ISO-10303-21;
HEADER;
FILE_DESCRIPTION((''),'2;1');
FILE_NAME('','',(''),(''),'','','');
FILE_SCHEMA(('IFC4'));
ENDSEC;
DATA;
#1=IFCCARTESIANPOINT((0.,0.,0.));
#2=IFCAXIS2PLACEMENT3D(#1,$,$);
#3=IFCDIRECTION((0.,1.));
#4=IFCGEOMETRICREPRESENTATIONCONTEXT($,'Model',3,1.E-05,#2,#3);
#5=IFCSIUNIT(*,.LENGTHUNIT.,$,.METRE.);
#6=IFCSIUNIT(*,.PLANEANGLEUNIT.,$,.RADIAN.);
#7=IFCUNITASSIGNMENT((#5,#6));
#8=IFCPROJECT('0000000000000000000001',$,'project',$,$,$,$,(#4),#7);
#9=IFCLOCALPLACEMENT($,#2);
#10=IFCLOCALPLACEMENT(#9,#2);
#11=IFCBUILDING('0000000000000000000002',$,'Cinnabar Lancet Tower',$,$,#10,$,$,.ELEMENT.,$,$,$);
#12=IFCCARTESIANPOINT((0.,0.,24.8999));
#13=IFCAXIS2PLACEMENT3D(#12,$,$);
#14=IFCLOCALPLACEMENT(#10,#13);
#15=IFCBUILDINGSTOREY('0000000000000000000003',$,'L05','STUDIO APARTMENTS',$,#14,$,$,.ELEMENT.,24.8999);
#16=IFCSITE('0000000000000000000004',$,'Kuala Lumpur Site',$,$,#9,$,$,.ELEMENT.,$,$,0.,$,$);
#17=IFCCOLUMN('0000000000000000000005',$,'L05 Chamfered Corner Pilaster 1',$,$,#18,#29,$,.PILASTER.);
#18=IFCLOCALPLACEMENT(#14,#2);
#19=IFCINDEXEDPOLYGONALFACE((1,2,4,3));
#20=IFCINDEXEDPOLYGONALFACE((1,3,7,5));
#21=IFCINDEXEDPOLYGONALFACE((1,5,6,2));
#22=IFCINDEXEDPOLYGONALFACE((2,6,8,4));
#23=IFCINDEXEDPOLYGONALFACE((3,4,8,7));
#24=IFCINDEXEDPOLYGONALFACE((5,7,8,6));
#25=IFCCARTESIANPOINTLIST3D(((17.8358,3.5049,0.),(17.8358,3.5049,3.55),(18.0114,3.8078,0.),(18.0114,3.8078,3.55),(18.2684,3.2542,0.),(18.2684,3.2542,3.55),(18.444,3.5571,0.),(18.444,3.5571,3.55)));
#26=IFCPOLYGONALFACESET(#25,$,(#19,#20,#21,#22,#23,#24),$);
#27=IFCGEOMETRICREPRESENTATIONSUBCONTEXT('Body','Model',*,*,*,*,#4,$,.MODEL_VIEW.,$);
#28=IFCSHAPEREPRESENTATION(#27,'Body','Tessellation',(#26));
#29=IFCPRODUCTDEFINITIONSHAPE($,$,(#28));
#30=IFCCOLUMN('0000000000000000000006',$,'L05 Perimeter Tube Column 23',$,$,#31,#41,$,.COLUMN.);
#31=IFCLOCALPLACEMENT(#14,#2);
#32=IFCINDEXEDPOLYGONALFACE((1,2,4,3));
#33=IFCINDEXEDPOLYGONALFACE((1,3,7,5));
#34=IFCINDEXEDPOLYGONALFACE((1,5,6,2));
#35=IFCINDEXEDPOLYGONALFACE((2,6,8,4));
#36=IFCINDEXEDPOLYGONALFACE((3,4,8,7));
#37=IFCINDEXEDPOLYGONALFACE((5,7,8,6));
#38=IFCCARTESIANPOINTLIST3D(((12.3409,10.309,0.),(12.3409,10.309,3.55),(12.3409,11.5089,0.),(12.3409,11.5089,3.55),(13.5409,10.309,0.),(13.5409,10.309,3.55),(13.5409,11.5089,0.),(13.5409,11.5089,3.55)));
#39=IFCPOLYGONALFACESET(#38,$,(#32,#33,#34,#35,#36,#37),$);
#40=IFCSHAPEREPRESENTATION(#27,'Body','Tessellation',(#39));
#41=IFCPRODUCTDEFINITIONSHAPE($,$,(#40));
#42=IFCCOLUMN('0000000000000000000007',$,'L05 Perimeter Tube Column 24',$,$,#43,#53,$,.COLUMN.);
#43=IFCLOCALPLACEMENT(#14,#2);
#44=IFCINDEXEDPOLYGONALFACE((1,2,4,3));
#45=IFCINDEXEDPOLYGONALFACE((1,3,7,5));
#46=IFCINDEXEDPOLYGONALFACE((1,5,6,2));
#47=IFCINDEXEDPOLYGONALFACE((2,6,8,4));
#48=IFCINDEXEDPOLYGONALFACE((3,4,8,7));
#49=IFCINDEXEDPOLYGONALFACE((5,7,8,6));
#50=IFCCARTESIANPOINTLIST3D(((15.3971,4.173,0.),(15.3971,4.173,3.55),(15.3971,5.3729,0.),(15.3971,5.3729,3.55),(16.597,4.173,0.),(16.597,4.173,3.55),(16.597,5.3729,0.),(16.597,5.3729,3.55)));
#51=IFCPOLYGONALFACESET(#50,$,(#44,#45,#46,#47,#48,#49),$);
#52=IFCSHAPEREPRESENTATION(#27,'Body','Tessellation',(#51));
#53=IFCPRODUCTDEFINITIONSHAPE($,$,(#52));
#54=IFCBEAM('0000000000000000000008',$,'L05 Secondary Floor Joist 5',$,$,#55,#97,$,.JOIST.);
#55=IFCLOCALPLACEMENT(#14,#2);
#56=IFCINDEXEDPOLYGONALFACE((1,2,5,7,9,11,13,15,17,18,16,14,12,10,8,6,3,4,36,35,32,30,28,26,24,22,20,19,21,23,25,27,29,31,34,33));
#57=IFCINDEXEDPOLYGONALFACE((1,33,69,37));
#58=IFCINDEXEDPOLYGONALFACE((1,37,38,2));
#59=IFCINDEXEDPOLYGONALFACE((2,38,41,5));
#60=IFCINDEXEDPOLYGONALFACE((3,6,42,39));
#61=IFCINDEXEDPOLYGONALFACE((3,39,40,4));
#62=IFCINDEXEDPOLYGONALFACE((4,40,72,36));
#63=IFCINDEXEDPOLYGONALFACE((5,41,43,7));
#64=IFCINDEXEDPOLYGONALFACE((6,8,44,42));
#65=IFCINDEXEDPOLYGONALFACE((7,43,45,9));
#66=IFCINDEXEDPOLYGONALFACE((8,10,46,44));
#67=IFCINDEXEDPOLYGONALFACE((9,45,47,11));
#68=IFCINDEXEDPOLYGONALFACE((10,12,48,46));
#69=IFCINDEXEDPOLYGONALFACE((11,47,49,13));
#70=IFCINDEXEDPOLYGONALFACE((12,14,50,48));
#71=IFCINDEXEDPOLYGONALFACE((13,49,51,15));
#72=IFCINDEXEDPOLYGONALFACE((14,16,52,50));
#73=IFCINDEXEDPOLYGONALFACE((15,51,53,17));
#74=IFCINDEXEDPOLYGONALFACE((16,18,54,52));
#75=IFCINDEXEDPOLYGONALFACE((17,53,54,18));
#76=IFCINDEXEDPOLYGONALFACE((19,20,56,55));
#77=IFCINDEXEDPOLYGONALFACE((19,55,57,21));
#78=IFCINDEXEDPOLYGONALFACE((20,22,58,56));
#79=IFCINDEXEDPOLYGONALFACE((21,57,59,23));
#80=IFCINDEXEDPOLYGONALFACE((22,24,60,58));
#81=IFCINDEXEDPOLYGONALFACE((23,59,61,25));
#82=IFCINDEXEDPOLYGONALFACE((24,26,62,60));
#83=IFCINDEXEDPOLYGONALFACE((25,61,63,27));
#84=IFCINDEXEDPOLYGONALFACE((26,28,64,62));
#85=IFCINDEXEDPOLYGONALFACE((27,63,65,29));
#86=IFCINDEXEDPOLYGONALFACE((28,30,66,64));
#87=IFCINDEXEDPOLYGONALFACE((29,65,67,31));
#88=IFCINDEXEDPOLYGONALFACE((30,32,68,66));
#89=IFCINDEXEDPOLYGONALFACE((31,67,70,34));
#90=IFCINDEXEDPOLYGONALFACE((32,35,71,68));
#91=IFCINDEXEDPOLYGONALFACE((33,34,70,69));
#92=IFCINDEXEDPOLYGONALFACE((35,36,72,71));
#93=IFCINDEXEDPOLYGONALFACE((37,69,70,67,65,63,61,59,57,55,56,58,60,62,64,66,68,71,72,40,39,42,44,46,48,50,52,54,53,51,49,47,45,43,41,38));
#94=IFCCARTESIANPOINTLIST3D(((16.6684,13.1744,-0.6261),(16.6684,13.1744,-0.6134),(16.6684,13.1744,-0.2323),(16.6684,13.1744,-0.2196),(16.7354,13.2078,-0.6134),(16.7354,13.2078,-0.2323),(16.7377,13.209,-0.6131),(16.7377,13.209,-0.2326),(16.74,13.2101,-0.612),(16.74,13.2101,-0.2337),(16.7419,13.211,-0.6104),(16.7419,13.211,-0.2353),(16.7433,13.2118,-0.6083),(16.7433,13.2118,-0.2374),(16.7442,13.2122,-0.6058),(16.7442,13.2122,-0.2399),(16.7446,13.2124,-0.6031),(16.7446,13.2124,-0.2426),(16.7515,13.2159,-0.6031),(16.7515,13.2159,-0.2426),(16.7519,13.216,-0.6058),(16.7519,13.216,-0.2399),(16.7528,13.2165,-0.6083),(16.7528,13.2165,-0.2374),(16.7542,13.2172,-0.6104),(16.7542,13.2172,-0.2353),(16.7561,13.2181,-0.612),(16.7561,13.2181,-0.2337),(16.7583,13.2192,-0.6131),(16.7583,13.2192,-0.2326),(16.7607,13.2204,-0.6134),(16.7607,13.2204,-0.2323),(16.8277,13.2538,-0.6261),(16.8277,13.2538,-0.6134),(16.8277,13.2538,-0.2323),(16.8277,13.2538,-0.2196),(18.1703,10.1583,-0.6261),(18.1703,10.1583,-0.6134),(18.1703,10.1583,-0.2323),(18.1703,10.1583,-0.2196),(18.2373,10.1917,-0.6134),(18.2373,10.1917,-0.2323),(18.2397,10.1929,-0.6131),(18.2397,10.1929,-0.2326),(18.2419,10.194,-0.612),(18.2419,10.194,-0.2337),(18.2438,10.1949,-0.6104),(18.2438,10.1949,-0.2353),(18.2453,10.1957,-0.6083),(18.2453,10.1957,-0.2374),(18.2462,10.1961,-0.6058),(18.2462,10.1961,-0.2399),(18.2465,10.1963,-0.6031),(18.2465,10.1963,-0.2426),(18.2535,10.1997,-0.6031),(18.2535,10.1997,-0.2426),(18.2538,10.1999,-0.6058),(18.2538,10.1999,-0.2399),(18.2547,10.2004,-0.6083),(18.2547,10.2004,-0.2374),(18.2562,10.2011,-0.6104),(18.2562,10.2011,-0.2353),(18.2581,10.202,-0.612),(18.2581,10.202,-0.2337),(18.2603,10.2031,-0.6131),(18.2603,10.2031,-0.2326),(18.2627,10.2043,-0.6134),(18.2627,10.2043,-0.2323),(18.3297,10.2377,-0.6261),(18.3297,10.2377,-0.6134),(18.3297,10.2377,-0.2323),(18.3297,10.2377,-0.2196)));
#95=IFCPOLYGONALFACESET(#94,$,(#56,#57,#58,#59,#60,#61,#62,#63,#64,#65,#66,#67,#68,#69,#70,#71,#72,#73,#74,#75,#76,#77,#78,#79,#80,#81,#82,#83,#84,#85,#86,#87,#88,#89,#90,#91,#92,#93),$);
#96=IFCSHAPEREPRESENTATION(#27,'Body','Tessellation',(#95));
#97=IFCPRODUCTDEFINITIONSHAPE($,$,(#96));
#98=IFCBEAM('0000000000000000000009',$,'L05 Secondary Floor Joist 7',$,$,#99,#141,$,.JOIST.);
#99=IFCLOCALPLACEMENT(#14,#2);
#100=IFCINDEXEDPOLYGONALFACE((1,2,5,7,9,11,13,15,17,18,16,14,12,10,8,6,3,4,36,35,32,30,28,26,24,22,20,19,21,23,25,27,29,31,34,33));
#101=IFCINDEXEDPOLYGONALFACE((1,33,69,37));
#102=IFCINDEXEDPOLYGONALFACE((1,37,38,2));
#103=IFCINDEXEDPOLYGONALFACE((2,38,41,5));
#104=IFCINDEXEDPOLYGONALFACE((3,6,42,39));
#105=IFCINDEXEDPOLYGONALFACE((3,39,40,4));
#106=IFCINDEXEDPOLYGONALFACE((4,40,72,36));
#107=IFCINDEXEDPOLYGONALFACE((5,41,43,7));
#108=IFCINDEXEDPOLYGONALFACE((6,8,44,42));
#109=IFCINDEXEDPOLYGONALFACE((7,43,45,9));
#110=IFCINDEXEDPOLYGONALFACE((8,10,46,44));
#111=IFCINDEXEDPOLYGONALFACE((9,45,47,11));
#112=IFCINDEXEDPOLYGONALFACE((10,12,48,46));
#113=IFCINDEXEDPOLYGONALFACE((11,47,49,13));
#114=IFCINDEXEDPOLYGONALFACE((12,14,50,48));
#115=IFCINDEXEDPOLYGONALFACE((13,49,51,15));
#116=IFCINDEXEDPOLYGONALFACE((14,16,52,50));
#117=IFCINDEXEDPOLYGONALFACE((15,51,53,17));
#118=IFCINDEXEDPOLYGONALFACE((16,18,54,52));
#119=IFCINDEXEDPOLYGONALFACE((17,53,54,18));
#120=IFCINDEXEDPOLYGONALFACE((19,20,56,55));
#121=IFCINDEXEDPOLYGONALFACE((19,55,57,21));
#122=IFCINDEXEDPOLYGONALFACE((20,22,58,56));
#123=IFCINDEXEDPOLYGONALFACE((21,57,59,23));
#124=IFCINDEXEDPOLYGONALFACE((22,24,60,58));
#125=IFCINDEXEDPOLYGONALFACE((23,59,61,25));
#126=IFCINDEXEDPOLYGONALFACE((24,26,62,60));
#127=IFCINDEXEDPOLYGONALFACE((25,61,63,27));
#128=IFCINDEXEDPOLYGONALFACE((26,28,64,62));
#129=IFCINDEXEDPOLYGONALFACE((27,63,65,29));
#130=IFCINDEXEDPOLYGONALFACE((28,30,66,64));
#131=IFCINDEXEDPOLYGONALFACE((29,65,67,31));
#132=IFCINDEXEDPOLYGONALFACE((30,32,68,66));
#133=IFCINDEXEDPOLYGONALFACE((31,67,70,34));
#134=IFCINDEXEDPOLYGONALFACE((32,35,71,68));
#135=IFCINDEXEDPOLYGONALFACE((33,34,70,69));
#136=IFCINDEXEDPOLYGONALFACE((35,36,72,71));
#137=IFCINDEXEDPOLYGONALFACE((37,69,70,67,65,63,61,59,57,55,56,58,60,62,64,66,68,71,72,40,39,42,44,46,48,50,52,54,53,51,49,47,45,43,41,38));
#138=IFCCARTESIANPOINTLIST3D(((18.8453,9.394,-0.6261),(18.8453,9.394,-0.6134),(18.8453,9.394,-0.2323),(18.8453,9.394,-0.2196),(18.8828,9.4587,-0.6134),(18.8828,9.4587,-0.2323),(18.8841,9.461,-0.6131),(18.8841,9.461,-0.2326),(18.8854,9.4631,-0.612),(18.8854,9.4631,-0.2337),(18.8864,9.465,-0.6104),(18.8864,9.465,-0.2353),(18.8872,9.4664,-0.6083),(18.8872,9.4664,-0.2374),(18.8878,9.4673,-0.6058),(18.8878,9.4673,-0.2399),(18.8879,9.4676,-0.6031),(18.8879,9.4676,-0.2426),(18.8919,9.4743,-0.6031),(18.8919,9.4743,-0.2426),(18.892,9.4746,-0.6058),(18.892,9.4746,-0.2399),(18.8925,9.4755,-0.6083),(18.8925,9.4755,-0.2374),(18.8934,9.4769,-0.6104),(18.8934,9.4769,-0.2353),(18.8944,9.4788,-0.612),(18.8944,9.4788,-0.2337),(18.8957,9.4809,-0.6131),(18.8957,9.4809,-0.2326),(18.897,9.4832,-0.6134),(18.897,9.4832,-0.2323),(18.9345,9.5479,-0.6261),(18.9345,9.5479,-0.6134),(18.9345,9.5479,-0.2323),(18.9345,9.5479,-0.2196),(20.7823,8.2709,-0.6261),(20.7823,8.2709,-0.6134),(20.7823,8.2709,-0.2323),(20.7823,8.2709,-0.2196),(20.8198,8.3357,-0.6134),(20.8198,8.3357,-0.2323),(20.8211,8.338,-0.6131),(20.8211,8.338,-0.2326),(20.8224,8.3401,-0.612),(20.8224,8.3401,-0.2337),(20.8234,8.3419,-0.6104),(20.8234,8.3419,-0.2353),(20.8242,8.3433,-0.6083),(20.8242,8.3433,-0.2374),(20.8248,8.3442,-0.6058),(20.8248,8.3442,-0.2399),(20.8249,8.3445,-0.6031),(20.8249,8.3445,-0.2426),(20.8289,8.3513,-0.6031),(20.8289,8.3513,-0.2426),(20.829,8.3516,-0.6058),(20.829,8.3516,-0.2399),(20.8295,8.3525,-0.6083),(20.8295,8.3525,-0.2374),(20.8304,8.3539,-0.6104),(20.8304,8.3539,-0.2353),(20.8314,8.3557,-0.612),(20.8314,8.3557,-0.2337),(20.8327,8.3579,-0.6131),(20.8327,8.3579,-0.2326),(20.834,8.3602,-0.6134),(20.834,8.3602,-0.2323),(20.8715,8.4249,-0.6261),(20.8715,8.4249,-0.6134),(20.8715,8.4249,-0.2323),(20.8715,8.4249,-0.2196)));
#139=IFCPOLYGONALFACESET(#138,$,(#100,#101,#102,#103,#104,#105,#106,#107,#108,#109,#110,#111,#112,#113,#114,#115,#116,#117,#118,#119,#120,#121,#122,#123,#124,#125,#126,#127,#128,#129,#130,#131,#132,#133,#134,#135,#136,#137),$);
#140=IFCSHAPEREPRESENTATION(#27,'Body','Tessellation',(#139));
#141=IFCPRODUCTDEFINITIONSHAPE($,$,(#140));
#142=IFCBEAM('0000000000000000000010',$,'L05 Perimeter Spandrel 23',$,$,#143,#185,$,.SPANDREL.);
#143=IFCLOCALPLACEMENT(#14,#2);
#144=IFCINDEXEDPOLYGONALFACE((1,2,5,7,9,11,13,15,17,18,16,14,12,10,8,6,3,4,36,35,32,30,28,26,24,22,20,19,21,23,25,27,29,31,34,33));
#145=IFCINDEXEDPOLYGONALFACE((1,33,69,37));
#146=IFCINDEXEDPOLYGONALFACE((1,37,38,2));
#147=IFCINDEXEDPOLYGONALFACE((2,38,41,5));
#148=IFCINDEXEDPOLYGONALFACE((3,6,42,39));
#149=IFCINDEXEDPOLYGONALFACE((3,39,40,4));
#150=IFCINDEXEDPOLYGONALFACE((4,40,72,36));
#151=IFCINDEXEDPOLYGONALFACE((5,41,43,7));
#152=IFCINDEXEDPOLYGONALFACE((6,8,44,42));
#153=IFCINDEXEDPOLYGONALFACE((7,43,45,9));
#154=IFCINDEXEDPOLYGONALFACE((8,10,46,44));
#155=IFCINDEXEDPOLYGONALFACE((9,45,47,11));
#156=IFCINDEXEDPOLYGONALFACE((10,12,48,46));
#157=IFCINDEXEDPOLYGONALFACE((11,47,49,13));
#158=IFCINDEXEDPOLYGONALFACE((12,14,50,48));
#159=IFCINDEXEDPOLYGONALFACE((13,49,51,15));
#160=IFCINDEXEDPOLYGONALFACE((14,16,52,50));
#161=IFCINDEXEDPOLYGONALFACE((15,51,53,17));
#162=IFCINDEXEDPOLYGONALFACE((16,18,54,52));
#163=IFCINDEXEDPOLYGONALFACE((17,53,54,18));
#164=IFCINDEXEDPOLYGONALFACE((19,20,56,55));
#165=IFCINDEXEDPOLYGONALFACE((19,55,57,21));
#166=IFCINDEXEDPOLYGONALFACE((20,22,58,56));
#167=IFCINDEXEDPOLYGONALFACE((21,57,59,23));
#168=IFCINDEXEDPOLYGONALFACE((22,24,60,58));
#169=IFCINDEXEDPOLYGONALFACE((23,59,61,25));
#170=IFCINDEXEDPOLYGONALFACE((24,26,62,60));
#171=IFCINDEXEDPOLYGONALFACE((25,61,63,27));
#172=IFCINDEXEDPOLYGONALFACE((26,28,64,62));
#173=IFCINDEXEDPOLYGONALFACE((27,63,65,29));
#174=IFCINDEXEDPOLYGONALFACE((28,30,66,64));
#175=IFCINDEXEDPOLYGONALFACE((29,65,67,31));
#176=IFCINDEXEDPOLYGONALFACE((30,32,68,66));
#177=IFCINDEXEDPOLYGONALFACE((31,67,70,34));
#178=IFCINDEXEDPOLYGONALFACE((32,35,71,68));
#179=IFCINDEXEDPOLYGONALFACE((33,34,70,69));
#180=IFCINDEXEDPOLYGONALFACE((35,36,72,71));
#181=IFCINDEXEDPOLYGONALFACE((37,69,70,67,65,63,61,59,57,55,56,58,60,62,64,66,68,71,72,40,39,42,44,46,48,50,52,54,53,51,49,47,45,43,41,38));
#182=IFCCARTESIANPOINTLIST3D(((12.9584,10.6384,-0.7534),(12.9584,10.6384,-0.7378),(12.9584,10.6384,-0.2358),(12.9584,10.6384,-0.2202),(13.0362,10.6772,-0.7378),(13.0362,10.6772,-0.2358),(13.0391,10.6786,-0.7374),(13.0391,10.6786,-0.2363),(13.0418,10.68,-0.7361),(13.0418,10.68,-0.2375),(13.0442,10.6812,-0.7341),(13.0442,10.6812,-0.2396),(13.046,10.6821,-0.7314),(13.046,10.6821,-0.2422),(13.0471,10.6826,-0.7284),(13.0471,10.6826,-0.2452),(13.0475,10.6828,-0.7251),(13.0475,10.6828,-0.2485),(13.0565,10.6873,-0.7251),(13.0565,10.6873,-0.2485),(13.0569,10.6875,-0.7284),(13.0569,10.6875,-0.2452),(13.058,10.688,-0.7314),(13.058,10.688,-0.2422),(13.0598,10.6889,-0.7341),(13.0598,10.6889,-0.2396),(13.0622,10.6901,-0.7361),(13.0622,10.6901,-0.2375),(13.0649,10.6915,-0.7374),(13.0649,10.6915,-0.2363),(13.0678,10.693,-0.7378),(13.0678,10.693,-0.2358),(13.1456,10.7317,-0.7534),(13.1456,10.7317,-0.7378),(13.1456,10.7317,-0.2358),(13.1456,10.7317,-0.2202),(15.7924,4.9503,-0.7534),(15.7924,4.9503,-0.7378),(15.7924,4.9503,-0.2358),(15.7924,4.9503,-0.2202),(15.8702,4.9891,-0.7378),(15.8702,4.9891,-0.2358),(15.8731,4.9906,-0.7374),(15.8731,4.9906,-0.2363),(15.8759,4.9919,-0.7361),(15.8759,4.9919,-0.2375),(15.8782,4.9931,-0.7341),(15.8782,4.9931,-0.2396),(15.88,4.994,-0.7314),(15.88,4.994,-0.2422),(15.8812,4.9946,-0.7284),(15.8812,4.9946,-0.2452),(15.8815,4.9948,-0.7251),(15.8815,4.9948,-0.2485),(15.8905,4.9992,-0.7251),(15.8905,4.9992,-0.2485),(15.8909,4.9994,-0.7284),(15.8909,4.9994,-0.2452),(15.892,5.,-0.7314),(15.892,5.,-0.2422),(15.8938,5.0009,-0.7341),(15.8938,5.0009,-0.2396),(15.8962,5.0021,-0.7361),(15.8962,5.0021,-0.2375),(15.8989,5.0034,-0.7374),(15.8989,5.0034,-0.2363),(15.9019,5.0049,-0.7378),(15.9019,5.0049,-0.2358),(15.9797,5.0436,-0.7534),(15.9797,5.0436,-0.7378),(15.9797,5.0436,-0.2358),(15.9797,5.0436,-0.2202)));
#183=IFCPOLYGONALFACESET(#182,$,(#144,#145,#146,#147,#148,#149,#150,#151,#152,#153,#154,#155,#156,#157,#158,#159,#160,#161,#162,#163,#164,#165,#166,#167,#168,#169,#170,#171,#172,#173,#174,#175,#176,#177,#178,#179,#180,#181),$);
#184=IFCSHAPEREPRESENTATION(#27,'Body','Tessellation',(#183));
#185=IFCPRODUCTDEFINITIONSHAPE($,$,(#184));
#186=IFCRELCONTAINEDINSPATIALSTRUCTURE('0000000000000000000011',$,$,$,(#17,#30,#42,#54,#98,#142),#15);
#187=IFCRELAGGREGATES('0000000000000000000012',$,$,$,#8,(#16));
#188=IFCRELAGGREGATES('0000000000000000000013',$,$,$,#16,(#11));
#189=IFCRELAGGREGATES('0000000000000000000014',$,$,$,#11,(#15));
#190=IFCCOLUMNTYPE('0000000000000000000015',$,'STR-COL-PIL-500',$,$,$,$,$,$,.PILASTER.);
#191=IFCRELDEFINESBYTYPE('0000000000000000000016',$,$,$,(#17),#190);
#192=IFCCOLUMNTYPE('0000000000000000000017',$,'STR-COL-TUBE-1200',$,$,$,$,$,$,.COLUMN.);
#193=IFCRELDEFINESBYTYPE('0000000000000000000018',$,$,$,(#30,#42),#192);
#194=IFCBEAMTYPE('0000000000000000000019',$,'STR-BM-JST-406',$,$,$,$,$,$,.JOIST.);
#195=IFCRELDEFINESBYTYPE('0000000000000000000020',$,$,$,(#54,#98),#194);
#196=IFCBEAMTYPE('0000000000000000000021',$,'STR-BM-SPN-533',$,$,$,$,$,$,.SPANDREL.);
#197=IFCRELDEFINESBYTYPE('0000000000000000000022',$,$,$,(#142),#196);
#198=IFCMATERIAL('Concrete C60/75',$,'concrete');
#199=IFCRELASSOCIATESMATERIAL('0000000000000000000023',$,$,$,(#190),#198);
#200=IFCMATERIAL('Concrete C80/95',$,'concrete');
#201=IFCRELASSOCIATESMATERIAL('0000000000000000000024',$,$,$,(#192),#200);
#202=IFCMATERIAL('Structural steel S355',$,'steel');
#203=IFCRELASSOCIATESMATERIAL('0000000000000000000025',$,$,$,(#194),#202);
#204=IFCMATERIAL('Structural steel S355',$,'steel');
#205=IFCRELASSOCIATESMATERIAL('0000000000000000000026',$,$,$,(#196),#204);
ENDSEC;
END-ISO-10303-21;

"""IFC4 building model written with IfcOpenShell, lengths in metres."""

from ifc_helpers import new_model, si_unit, direction, frame, origin, origin_2d, place, context, subcontext, project, spatial, rectangle, i_section, extrude, material, material_profile, profile_set, type_object, element, save


model = new_model("IFC4")

# Units and contexts
model_context = context("Model", 3, precision=1e-05, world=origin(), true_north=direction((0.0, 1.0)))
body_context = subcontext(model_context, "Body", "Model", "MODEL_VIEW")
ifc_project = project(units=[si_unit("LENGTHUNIT", "METRE"), si_unit("PLANEANGLEUNIT", "RADIAN")], contexts=[model_context])

# Site, building, storey
site_placement = place(None, origin())
site = spatial("IfcSite", under=ifc_project, at=site_placement, Name="Kuala Lumpur Site", CompositionType="ELEMENT", RefElevation=0.0)
building_placement = place(site_placement, origin())
building = spatial("IfcBuilding", under=site, at=building_placement, Name="Cinnabar Lancet Tower", CompositionType="ELEMENT")
storey_placement = place(building_placement, frame((0.0, 0.0, 24.8999)))
storey = spatial("IfcBuildingStorey", under=building, at=storey_placement, Name="L05", Description="STUDIO APARTMENTS", CompositionType="ELEMENT", Elevation=24.8999)

# Columns
ifc_material_1 = material(Name="Concrete C60/75", Category="concrete")
ifc_material_profile_1 = material_profile(ifc_material_1, rectangle(XDim=0.5, YDim=0.3501, at=origin_2d()), Name="RC-PIL 500x350")
ifc_profile_set_1 = profile_set([ifc_material_profile_1], Name="Concrete C60/75")
column_type_1 = type_object("IfcColumnType", Name="STR-COL-PIL-500", PredefinedType="PILASTER", material=ifc_profile_set_1)
column_placement = place(storey_placement, frame((18.1399, 3.531, 0.0), z_axis=(0.0, 0.0, 1.0), x_axis=(0.865195, -0.501435, 0.0)))
element("IfcColumn", 1, at=column_placement, inside=storey, type_object=column_type_1, Name="L05 Chamfered Corner Pilaster 1", PredefinedType="PILASTER", context=body_context, shape_type="SweptSolid", body=[
    extrude(rectangle(XDim=0.5, YDim=0.3501, at=origin_2d()), origin(), (0.0, 0.0, 1.0), 3.55),
])
ifc_material_2 = material(Name="Concrete C80/95", Category="concrete")
ifc_material_profile_2 = material_profile(ifc_material_2, rectangle(XDim=1.2, YDim=1.2, at=origin_2d()), Name="RC-COL 1200x1200")
ifc_profile_set_2 = profile_set([ifc_material_profile_2], Name="Concrete C80/95")
column_type_2 = type_object("IfcColumnType", Name="STR-COL-TUBE-1200", PredefinedType="COLUMN", material=ifc_profile_set_2)
for number, where, z_axis, x_axis, name in (
    (2, (12.9409, 10.9089, 0.0), (0.0, 0.0, 1.0), (1.0, 0.0, 0.0), "L05 Perimeter Tube Column 23"),
    (3, (15.9971, 4.7729, 0.0), (0.0, 0.0, 1.0), (1.0, 0.0, 0.0), "L05 Perimeter Tube Column 24"),
):
    element("IfcColumn", number, at=place(storey_placement, frame(where, z_axis=z_axis, x_axis=x_axis)), inside=storey, type_object=column_type_2, Name=name, PredefinedType="COLUMN", context=body_context, shape_type="SweptSolid", body=[
        extrude(rectangle(XDim=1.2, YDim=1.2, at=origin_2d()), origin(), (0.0, 0.0, 1.0), 3.55),
    ])

# Beams
ifc_material_3 = material(Name="Structural steel S355", Category="steel")
ifc_material_profile_3 = material_profile(ifc_material_3, i_section(OverallWidth=0.178, OverallDepth=0.4065, WebThickness=0.0078, FlangeThickness=0.0127, FilletRadius=0.0103, at=origin_2d()), Name="UKB 406x178x60")
ifc_profile_set_3 = profile_set([ifc_material_profile_3], Name="Structural steel S355")
beam_type_1 = type_object("IfcBeamType", Name="STR-BM-JST-406", PredefinedType="JOIST", material=ifc_profile_set_3)
beam_1_placement = place(storey_placement, frame((16.748, 13.2141, -0.4229), z_axis=(0.445764, -0.895151, 0.0), x_axis=(0.895151, 0.445764, 0.0)))
element("IfcBeam", 4, at=beam_1_placement, inside=storey, type_object=beam_type_1, Name="L05 Secondary Floor Joist 5", PredefinedType="JOIST", context=body_context, shape_type="SweptSolid", body=[
    extrude(i_section(OverallWidth=0.178, OverallDepth=0.4065, WebThickness=0.0078, FlangeThickness=0.0127, FilletRadius=0.0103, at=origin_2d()), origin(), (0.0, 0.0, 1.0), 3.3694),
])
beam_2_placement = place(storey_placement, frame((18.8899, 9.4709, -0.4229), z_axis=(0.865113, -0.501578, 0.0), x_axis=(0.501578, 0.865113, 0.0)))
element("IfcBeam", 5, at=beam_2_placement, inside=storey, type_object=beam_type_1, Name="L05 Secondary Floor Joist 7", PredefinedType="JOIST", context=body_context, shape_type="SweptSolid", body=[
    extrude(i_section(OverallWidth=0.178, OverallDepth=0.4065, WebThickness=0.0078, FlangeThickness=0.0127, FilletRadius=0.0103, at=origin_2d()), origin(), (0.0, 0.0, 1.0), 2.239),
])
ifc_material_4 = material(Name="Structural steel S355", Category="steel")
ifc_material_profile_4 = material_profile(ifc_material_4, i_section(OverallWidth=0.2092, OverallDepth=0.5332, WebThickness=0.01, FlangeThickness=0.0156, FilletRadius=0.0127, at=origin_2d()), Name="UKB 533x210x92")
ifc_profile_set_4 = profile_set([ifc_material_profile_4], Name="Structural steel S355")
beam_type_2 = type_object("IfcBeamType", Name="STR-BM-SPN-533", PredefinedType="SPANDREL", material=ifc_profile_set_4)
beam_3_placement = place(storey_placement, frame((13.052, 10.6851, -0.4868), z_axis=(0.445953, -0.895056, 0.0), x_axis=(0.895056, 0.445953, 0.0)))
element("IfcBeam", 6, at=beam_3_placement, inside=storey, type_object=beam_type_2, Name="L05 Perimeter Spandrel 23", PredefinedType="SPANDREL", context=body_context, shape_type="SweptSolid", body=[
    extrude(i_section(OverallWidth=0.2092, OverallDepth=0.5332, WebThickness=0.01, FlangeThickness=0.0156, FilletRadius=0.0127, at=origin_2d()), origin(), (0.0, 0.0, 1.0), 6.355),
])

save(model, "model.ifc")
